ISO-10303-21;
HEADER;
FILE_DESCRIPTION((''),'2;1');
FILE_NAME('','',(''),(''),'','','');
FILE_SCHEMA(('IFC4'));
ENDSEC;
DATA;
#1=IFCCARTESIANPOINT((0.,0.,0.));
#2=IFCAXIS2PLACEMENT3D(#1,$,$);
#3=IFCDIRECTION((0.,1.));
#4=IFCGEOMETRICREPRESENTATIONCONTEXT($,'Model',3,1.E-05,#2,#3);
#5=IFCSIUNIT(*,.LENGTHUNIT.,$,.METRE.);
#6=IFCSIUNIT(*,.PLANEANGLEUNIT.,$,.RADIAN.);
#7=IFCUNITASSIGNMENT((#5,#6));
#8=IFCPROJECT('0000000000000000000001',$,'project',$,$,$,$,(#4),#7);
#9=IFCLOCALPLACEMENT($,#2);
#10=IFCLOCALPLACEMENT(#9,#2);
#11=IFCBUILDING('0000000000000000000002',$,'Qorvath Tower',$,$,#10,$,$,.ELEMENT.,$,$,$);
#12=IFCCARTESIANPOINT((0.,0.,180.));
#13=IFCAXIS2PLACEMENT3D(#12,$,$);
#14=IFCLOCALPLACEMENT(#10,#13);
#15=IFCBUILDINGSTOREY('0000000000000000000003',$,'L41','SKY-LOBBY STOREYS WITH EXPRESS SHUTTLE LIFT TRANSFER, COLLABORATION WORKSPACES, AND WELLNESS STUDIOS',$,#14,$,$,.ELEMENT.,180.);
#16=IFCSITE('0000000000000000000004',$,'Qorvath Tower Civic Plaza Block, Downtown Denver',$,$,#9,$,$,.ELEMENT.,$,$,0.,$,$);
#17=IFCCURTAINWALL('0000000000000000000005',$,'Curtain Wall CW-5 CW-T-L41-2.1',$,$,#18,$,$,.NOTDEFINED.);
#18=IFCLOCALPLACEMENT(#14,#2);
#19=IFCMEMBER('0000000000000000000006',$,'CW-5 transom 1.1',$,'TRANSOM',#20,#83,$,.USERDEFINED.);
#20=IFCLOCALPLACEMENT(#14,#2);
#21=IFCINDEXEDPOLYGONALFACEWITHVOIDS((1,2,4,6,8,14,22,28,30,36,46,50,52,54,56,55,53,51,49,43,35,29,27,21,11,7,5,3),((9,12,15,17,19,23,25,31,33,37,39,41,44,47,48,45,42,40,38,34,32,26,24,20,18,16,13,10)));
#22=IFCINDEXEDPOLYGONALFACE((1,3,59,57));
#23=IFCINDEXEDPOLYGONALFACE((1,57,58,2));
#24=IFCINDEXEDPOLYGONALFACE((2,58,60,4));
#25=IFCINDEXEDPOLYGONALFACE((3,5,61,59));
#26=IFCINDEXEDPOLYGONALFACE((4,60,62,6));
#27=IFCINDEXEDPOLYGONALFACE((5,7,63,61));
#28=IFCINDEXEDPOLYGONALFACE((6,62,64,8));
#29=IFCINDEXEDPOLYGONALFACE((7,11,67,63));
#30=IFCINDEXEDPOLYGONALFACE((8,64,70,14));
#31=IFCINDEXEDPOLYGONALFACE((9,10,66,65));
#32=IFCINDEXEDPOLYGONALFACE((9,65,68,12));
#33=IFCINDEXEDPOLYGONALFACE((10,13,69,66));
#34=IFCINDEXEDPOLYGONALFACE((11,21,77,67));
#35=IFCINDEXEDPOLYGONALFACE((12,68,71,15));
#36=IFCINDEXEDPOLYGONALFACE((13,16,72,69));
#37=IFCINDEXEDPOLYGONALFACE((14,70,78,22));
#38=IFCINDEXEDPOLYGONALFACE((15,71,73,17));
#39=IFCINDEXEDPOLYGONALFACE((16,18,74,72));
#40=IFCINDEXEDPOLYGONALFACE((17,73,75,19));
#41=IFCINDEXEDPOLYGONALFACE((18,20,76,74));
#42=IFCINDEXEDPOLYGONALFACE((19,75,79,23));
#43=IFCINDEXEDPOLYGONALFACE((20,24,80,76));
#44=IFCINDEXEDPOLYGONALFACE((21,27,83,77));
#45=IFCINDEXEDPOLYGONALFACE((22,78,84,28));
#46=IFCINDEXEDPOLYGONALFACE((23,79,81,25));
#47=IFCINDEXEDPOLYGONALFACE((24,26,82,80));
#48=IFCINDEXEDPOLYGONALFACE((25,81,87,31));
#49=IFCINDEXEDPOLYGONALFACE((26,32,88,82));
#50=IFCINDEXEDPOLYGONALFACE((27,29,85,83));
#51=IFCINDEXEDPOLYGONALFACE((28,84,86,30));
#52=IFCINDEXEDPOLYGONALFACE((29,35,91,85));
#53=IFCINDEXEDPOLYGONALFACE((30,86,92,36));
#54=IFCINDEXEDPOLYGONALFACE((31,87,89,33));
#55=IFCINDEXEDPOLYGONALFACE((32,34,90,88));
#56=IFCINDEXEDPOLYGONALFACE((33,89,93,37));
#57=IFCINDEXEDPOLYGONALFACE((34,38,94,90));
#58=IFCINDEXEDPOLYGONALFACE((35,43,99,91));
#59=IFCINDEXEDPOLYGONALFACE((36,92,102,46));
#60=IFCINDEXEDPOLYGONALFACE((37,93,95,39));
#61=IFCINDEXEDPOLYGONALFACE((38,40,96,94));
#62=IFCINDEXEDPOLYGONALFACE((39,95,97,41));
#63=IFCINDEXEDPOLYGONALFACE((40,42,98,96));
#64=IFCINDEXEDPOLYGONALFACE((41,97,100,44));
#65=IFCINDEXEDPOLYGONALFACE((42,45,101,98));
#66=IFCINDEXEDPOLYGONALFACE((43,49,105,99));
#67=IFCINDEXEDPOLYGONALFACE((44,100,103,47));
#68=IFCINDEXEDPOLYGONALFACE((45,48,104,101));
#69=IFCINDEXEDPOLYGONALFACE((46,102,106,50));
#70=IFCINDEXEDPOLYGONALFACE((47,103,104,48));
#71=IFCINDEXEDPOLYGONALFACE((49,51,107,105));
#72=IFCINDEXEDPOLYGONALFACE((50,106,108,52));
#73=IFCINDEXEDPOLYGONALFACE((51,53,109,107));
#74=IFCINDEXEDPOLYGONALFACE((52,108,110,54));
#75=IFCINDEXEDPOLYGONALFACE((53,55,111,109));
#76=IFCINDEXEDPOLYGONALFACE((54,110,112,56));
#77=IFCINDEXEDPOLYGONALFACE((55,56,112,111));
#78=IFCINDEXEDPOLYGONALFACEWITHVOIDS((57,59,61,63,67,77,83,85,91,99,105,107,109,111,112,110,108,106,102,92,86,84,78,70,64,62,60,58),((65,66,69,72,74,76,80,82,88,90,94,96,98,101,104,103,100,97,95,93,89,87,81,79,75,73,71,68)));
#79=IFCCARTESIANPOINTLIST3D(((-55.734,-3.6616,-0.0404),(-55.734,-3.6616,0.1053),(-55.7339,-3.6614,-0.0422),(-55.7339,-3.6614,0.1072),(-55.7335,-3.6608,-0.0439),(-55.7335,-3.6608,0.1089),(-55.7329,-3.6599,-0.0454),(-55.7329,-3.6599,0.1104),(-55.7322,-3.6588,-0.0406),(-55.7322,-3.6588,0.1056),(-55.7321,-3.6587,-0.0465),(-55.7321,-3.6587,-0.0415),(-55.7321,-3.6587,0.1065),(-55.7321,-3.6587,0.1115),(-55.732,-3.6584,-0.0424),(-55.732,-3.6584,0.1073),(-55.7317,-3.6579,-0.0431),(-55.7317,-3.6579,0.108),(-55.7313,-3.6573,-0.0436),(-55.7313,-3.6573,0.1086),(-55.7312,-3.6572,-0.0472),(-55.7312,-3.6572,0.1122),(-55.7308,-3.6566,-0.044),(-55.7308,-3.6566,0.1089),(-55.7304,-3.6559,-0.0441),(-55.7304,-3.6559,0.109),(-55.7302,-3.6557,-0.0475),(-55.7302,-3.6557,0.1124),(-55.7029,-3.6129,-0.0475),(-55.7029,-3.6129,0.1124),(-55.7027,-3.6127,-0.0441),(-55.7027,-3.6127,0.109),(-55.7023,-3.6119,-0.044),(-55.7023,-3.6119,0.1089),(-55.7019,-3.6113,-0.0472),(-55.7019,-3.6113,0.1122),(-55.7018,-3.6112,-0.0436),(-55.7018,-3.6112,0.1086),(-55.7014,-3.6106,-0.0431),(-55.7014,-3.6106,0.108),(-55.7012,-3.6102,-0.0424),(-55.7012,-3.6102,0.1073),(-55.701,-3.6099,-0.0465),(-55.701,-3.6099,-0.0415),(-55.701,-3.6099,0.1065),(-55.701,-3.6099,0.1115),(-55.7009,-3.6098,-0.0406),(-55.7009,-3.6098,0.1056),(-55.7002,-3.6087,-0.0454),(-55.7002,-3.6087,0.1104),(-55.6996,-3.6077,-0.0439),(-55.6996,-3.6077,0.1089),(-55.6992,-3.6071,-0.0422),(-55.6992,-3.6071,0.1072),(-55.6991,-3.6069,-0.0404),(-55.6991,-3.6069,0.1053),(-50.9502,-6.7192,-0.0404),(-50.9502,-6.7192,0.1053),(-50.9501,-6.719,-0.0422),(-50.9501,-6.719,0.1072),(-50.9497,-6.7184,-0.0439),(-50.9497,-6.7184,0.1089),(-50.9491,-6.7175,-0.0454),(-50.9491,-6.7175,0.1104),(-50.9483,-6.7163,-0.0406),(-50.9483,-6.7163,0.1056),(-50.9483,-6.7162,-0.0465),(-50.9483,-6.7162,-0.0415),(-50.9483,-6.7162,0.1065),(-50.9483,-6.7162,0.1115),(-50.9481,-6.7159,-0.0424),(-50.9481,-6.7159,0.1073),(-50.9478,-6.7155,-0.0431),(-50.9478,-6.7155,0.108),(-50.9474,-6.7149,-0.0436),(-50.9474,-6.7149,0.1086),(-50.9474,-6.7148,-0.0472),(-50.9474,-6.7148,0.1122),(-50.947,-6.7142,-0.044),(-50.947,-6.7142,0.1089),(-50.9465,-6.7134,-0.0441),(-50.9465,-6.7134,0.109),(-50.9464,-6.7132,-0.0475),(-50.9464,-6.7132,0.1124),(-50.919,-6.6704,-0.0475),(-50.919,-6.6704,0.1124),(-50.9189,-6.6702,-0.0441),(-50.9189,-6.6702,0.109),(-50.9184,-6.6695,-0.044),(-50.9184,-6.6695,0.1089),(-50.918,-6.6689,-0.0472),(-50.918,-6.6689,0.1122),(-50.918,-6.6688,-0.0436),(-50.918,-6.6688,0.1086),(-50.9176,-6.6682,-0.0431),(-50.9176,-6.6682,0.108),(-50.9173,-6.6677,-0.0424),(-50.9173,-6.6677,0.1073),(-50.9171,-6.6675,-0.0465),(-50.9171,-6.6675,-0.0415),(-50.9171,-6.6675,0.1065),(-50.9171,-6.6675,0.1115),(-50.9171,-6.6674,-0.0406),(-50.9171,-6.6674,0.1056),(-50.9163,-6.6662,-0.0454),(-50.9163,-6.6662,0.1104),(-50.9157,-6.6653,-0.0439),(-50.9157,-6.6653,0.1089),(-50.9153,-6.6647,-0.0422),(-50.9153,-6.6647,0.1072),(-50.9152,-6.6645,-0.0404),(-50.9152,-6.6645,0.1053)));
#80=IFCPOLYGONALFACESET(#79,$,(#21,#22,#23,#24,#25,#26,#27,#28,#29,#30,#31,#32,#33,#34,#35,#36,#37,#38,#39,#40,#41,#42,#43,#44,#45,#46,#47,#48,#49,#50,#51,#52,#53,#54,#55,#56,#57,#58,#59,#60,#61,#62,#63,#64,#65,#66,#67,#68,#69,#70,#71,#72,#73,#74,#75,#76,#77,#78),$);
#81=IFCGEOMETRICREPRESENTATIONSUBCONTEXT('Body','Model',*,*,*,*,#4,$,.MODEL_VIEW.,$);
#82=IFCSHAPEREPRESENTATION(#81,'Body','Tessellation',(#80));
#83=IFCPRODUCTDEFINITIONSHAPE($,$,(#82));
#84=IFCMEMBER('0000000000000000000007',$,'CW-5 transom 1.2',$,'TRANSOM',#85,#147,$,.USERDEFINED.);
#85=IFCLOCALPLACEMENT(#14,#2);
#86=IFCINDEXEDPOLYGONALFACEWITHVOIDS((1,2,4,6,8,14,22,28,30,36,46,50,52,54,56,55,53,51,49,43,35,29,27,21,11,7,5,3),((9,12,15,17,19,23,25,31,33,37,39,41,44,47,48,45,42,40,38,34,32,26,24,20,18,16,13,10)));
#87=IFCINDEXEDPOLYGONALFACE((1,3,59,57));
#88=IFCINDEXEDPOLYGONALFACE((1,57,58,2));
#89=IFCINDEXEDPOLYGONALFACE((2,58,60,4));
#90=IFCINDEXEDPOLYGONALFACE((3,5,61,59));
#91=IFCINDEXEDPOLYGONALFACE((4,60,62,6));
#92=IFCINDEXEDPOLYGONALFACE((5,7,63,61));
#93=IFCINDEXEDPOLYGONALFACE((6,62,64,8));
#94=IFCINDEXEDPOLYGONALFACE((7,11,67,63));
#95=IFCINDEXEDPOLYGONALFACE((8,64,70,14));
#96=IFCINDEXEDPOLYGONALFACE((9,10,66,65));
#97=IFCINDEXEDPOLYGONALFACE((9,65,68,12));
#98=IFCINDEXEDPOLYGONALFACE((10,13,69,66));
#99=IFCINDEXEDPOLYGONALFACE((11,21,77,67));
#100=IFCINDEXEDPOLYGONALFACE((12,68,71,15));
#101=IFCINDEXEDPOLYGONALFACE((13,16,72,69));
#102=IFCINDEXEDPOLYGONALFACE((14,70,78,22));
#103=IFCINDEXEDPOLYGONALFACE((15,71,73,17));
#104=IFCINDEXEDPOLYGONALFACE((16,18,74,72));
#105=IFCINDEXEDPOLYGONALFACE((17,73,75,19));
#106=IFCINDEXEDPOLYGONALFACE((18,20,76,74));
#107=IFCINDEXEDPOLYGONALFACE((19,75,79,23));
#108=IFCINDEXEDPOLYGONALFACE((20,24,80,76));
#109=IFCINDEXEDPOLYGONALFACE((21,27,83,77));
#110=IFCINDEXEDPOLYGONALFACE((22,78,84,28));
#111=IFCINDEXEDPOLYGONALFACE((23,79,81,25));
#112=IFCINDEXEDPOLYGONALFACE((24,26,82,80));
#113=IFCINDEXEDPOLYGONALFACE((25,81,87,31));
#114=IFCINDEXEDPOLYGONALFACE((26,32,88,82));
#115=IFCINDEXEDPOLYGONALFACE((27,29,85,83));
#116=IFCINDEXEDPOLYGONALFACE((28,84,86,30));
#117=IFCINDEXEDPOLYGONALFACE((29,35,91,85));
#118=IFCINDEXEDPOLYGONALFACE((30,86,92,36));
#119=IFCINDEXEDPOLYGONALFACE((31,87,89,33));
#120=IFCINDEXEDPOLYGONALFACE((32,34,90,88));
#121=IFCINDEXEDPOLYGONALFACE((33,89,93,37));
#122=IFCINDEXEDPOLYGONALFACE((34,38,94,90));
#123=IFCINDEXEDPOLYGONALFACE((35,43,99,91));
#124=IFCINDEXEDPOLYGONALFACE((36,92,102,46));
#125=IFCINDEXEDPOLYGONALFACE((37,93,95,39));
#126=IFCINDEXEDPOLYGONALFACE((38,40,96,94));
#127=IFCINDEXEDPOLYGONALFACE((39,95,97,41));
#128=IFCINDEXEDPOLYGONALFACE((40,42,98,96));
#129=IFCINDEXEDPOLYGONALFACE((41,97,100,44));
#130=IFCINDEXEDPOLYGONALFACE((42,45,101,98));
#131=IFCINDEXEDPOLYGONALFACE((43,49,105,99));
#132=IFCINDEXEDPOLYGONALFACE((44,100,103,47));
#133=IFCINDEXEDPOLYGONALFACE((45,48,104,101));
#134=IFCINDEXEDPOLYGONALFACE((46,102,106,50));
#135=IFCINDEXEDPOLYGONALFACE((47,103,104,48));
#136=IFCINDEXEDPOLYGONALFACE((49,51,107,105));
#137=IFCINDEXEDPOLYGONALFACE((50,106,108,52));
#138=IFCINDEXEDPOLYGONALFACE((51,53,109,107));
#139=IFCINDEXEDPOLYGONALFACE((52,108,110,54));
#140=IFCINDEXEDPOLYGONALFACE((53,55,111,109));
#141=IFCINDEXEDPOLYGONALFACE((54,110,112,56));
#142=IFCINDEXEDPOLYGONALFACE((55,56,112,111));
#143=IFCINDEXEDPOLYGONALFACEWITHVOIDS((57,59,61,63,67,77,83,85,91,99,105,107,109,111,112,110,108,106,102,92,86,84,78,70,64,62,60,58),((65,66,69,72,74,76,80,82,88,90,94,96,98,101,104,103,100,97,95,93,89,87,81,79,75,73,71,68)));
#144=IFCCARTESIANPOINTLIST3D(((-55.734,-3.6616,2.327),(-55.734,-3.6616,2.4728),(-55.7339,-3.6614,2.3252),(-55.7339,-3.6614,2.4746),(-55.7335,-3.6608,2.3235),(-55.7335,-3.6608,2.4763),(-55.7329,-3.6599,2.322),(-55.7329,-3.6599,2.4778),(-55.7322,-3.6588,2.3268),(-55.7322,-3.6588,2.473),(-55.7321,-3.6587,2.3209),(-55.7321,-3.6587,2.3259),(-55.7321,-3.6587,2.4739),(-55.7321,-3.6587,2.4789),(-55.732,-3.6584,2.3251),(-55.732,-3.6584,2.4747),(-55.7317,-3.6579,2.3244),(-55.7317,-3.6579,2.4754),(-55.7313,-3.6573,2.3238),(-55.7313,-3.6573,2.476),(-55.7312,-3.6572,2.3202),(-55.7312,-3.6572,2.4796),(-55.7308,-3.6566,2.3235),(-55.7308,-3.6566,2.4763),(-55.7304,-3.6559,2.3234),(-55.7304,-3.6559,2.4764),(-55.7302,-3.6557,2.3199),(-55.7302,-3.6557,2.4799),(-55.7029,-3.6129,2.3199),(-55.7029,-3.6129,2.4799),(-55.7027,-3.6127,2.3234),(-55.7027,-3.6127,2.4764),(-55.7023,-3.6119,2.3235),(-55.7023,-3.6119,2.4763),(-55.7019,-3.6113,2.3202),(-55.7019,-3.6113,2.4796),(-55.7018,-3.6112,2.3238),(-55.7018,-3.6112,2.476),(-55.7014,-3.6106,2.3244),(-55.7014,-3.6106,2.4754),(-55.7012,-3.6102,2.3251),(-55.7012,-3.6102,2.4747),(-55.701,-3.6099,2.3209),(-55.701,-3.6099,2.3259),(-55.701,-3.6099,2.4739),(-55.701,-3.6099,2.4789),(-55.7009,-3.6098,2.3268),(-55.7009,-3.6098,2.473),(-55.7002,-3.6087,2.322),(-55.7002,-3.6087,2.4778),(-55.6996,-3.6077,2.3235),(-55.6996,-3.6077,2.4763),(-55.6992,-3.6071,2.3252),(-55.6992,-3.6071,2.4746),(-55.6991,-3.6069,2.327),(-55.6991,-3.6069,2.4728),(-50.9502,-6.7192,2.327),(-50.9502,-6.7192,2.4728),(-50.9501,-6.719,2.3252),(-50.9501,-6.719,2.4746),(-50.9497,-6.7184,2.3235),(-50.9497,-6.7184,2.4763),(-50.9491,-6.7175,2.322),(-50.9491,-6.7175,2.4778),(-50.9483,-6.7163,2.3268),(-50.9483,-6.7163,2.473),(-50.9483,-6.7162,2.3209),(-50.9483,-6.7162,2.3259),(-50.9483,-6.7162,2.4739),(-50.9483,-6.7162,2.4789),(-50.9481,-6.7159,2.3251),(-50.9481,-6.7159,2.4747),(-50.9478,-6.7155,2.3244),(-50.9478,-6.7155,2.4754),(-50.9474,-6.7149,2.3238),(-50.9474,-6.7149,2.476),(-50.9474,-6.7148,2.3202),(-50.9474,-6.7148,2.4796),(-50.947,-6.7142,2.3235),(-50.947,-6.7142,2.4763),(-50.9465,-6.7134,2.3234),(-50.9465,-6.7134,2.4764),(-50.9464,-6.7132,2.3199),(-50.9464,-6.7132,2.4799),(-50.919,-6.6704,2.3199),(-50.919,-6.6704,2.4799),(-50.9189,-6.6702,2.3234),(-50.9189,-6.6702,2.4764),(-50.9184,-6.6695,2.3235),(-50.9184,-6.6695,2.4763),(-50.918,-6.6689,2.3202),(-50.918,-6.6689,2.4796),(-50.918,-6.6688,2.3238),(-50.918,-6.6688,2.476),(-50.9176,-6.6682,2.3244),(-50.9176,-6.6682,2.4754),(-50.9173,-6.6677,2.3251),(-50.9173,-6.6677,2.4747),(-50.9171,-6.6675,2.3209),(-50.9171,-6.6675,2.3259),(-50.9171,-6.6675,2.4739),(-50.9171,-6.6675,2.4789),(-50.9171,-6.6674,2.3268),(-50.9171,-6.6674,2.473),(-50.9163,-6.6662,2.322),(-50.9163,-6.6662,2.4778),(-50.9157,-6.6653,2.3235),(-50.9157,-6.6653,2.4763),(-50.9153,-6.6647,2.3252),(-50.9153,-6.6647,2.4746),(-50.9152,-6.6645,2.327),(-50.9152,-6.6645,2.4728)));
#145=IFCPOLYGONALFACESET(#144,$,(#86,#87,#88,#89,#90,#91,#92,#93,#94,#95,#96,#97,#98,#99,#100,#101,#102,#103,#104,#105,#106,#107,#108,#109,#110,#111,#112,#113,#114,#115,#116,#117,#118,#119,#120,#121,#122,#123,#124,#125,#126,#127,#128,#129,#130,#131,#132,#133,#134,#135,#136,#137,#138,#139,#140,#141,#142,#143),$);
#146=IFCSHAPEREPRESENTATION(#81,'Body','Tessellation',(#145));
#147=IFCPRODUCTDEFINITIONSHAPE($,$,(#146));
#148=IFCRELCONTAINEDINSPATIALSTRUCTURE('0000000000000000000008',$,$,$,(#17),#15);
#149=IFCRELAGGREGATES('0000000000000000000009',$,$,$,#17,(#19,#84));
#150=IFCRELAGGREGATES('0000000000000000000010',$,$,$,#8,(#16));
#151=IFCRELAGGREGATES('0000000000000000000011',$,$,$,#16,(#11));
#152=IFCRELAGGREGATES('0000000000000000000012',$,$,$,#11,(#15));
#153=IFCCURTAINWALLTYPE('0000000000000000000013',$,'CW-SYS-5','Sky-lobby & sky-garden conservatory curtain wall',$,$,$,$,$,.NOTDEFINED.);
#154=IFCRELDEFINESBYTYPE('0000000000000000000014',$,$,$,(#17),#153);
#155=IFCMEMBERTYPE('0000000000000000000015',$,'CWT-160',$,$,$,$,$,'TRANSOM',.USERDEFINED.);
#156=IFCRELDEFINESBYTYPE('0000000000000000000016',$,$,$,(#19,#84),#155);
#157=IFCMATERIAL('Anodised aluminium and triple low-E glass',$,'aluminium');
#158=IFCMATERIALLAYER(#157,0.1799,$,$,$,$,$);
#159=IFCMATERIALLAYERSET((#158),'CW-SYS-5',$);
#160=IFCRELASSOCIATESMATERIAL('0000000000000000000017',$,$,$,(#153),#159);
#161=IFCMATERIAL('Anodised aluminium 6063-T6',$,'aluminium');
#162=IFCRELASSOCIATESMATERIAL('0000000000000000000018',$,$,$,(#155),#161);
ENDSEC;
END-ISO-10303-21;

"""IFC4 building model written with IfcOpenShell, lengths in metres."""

from ifc_helpers import new_model, si_unit, direction, frame, origin, origin_2d, place, context, subcontext, project, spatial, hollow_rectangle, extrude, material, layer, layer_set, material_profile, profile_set, type_object, element, aggregate, save


model = new_model("IFC4")

# Units and contexts
model_context = context("Model", 3, precision=1e-05, world=origin(), true_north=direction((0.0, 1.0)))
body_context = subcontext(model_context, "Body", "Model", "MODEL_VIEW")
ifc_project = project(units=[si_unit("LENGTHUNIT", "METRE"), si_unit("PLANEANGLEUNIT", "RADIAN")], contexts=[model_context])

# Site, building, storey
site_placement = place(None, origin())
site = spatial("IfcSite", under=ifc_project, at=site_placement, Name="Qorvath Tower Civic Plaza Block, Downtown Denver", CompositionType="ELEMENT", RefElevation=0.0)
building_placement = place(site_placement, origin())
building = spatial("IfcBuilding", under=site, at=building_placement, Name="Qorvath Tower", CompositionType="ELEMENT")
storey_placement = place(building_placement, frame((0.0, 0.0, 180.0)))
storey = spatial("IfcBuildingStorey", under=building, at=storey_placement, Name="L41", Description="SKY-LOBBY STOREYS WITH EXPRESS SHUTTLE LIFT TRANSFER, COLLABORATION WORKSPACES, AND WELLNESS STUDIOS", CompositionType="ELEMENT", Elevation=180.0)

# Curtain wall, members
ifc_material_1 = material(Name="Anodised aluminium and triple low-E glass", Category="aluminium")
ifc_layer_1 = layer(ifc_material_1, 0.1799)
ifc_layer_set_1 = layer_set([ifc_layer_1], Name="CW-SYS-5")
curtain_wall_type = type_object("IfcCurtainWallType", Name="CW-SYS-5", Description="Sky-lobby & sky-garden conservatory curtain wall", PredefinedType="NOTDEFINED", material=ifc_layer_set_1)
curtain_wall_placement = place(storey_placement, origin())
curtain_wall = element("IfcCurtainWall", 1, at=curtain_wall_placement, inside=storey, type_object=curtain_wall_type, Name="Curtain Wall CW-5 CW-T-L41-2.1", PredefinedType="NOTDEFINED")
ifc_material_2 = material(Name="Anodised aluminium 6063-T6", Category="aluminium")
ifc_material_profile_1 = material_profile(ifc_material_2, hollow_rectangle(XDim=0.0649, YDim=0.1599, WallThickness=0.0034, InnerFilletRadius=0.0034, OuterFilletRadius=0.0071, at=origin_2d()), Name="CWT 160x65")
ifc_profile_set_1 = profile_set([ifc_material_profile_1], Name="Anodised aluminium 6063-T6")
member_type_1 = type_object("IfcMemberType", Name="CWT-160", ElementType="TRANSOM", PredefinedType="USERDEFINED", material=ifc_profile_set_1)
member_1_placement = place(storey_placement, frame((-55.7166, -3.6343, 0.0325), z_axis=(0.842599, -0.538541, 0.0), x_axis=(0.538541, 0.842599, 0.0)))
member_1 = element("IfcMember", 2, at=member_1_placement, type_object=member_type_1, Name="CW-5 transom 1.1", ObjectType="TRANSOM", PredefinedType="USERDEFINED", context=body_context, shape_type="SweptSolid", body=[
    extrude(hollow_rectangle(XDim=0.0649, YDim=0.1599, WallThickness=0.0034, InnerFilletRadius=0.0034, OuterFilletRadius=0.0071, at=origin_2d()), origin(), (0.0, 0.0, 1.0), 5.6775),
])
member_2_placement = place(storey_placement, frame((-55.7166, -3.6343, 2.3999), z_axis=(0.842599, -0.538541, 0.0), x_axis=(0.538541, 0.842599, 0.0)))
member_2 = element("IfcMember", 3, at=member_2_placement, type_object=member_type_1, Name="CW-5 transom 1.2", ObjectType="TRANSOM", PredefinedType="USERDEFINED", context=body_context, shape_type="SweptSolid", body=[
    extrude(hollow_rectangle(XDim=0.0649, YDim=0.1599, WallThickness=0.0034, InnerFilletRadius=0.0034, OuterFilletRadius=0.0071, at=origin_2d()), origin(), (0.0, 0.0, 1.0), 5.6775),
])
aggregate(curtain_wall, [member_1, member_2])

save(model, "model.ifc")
